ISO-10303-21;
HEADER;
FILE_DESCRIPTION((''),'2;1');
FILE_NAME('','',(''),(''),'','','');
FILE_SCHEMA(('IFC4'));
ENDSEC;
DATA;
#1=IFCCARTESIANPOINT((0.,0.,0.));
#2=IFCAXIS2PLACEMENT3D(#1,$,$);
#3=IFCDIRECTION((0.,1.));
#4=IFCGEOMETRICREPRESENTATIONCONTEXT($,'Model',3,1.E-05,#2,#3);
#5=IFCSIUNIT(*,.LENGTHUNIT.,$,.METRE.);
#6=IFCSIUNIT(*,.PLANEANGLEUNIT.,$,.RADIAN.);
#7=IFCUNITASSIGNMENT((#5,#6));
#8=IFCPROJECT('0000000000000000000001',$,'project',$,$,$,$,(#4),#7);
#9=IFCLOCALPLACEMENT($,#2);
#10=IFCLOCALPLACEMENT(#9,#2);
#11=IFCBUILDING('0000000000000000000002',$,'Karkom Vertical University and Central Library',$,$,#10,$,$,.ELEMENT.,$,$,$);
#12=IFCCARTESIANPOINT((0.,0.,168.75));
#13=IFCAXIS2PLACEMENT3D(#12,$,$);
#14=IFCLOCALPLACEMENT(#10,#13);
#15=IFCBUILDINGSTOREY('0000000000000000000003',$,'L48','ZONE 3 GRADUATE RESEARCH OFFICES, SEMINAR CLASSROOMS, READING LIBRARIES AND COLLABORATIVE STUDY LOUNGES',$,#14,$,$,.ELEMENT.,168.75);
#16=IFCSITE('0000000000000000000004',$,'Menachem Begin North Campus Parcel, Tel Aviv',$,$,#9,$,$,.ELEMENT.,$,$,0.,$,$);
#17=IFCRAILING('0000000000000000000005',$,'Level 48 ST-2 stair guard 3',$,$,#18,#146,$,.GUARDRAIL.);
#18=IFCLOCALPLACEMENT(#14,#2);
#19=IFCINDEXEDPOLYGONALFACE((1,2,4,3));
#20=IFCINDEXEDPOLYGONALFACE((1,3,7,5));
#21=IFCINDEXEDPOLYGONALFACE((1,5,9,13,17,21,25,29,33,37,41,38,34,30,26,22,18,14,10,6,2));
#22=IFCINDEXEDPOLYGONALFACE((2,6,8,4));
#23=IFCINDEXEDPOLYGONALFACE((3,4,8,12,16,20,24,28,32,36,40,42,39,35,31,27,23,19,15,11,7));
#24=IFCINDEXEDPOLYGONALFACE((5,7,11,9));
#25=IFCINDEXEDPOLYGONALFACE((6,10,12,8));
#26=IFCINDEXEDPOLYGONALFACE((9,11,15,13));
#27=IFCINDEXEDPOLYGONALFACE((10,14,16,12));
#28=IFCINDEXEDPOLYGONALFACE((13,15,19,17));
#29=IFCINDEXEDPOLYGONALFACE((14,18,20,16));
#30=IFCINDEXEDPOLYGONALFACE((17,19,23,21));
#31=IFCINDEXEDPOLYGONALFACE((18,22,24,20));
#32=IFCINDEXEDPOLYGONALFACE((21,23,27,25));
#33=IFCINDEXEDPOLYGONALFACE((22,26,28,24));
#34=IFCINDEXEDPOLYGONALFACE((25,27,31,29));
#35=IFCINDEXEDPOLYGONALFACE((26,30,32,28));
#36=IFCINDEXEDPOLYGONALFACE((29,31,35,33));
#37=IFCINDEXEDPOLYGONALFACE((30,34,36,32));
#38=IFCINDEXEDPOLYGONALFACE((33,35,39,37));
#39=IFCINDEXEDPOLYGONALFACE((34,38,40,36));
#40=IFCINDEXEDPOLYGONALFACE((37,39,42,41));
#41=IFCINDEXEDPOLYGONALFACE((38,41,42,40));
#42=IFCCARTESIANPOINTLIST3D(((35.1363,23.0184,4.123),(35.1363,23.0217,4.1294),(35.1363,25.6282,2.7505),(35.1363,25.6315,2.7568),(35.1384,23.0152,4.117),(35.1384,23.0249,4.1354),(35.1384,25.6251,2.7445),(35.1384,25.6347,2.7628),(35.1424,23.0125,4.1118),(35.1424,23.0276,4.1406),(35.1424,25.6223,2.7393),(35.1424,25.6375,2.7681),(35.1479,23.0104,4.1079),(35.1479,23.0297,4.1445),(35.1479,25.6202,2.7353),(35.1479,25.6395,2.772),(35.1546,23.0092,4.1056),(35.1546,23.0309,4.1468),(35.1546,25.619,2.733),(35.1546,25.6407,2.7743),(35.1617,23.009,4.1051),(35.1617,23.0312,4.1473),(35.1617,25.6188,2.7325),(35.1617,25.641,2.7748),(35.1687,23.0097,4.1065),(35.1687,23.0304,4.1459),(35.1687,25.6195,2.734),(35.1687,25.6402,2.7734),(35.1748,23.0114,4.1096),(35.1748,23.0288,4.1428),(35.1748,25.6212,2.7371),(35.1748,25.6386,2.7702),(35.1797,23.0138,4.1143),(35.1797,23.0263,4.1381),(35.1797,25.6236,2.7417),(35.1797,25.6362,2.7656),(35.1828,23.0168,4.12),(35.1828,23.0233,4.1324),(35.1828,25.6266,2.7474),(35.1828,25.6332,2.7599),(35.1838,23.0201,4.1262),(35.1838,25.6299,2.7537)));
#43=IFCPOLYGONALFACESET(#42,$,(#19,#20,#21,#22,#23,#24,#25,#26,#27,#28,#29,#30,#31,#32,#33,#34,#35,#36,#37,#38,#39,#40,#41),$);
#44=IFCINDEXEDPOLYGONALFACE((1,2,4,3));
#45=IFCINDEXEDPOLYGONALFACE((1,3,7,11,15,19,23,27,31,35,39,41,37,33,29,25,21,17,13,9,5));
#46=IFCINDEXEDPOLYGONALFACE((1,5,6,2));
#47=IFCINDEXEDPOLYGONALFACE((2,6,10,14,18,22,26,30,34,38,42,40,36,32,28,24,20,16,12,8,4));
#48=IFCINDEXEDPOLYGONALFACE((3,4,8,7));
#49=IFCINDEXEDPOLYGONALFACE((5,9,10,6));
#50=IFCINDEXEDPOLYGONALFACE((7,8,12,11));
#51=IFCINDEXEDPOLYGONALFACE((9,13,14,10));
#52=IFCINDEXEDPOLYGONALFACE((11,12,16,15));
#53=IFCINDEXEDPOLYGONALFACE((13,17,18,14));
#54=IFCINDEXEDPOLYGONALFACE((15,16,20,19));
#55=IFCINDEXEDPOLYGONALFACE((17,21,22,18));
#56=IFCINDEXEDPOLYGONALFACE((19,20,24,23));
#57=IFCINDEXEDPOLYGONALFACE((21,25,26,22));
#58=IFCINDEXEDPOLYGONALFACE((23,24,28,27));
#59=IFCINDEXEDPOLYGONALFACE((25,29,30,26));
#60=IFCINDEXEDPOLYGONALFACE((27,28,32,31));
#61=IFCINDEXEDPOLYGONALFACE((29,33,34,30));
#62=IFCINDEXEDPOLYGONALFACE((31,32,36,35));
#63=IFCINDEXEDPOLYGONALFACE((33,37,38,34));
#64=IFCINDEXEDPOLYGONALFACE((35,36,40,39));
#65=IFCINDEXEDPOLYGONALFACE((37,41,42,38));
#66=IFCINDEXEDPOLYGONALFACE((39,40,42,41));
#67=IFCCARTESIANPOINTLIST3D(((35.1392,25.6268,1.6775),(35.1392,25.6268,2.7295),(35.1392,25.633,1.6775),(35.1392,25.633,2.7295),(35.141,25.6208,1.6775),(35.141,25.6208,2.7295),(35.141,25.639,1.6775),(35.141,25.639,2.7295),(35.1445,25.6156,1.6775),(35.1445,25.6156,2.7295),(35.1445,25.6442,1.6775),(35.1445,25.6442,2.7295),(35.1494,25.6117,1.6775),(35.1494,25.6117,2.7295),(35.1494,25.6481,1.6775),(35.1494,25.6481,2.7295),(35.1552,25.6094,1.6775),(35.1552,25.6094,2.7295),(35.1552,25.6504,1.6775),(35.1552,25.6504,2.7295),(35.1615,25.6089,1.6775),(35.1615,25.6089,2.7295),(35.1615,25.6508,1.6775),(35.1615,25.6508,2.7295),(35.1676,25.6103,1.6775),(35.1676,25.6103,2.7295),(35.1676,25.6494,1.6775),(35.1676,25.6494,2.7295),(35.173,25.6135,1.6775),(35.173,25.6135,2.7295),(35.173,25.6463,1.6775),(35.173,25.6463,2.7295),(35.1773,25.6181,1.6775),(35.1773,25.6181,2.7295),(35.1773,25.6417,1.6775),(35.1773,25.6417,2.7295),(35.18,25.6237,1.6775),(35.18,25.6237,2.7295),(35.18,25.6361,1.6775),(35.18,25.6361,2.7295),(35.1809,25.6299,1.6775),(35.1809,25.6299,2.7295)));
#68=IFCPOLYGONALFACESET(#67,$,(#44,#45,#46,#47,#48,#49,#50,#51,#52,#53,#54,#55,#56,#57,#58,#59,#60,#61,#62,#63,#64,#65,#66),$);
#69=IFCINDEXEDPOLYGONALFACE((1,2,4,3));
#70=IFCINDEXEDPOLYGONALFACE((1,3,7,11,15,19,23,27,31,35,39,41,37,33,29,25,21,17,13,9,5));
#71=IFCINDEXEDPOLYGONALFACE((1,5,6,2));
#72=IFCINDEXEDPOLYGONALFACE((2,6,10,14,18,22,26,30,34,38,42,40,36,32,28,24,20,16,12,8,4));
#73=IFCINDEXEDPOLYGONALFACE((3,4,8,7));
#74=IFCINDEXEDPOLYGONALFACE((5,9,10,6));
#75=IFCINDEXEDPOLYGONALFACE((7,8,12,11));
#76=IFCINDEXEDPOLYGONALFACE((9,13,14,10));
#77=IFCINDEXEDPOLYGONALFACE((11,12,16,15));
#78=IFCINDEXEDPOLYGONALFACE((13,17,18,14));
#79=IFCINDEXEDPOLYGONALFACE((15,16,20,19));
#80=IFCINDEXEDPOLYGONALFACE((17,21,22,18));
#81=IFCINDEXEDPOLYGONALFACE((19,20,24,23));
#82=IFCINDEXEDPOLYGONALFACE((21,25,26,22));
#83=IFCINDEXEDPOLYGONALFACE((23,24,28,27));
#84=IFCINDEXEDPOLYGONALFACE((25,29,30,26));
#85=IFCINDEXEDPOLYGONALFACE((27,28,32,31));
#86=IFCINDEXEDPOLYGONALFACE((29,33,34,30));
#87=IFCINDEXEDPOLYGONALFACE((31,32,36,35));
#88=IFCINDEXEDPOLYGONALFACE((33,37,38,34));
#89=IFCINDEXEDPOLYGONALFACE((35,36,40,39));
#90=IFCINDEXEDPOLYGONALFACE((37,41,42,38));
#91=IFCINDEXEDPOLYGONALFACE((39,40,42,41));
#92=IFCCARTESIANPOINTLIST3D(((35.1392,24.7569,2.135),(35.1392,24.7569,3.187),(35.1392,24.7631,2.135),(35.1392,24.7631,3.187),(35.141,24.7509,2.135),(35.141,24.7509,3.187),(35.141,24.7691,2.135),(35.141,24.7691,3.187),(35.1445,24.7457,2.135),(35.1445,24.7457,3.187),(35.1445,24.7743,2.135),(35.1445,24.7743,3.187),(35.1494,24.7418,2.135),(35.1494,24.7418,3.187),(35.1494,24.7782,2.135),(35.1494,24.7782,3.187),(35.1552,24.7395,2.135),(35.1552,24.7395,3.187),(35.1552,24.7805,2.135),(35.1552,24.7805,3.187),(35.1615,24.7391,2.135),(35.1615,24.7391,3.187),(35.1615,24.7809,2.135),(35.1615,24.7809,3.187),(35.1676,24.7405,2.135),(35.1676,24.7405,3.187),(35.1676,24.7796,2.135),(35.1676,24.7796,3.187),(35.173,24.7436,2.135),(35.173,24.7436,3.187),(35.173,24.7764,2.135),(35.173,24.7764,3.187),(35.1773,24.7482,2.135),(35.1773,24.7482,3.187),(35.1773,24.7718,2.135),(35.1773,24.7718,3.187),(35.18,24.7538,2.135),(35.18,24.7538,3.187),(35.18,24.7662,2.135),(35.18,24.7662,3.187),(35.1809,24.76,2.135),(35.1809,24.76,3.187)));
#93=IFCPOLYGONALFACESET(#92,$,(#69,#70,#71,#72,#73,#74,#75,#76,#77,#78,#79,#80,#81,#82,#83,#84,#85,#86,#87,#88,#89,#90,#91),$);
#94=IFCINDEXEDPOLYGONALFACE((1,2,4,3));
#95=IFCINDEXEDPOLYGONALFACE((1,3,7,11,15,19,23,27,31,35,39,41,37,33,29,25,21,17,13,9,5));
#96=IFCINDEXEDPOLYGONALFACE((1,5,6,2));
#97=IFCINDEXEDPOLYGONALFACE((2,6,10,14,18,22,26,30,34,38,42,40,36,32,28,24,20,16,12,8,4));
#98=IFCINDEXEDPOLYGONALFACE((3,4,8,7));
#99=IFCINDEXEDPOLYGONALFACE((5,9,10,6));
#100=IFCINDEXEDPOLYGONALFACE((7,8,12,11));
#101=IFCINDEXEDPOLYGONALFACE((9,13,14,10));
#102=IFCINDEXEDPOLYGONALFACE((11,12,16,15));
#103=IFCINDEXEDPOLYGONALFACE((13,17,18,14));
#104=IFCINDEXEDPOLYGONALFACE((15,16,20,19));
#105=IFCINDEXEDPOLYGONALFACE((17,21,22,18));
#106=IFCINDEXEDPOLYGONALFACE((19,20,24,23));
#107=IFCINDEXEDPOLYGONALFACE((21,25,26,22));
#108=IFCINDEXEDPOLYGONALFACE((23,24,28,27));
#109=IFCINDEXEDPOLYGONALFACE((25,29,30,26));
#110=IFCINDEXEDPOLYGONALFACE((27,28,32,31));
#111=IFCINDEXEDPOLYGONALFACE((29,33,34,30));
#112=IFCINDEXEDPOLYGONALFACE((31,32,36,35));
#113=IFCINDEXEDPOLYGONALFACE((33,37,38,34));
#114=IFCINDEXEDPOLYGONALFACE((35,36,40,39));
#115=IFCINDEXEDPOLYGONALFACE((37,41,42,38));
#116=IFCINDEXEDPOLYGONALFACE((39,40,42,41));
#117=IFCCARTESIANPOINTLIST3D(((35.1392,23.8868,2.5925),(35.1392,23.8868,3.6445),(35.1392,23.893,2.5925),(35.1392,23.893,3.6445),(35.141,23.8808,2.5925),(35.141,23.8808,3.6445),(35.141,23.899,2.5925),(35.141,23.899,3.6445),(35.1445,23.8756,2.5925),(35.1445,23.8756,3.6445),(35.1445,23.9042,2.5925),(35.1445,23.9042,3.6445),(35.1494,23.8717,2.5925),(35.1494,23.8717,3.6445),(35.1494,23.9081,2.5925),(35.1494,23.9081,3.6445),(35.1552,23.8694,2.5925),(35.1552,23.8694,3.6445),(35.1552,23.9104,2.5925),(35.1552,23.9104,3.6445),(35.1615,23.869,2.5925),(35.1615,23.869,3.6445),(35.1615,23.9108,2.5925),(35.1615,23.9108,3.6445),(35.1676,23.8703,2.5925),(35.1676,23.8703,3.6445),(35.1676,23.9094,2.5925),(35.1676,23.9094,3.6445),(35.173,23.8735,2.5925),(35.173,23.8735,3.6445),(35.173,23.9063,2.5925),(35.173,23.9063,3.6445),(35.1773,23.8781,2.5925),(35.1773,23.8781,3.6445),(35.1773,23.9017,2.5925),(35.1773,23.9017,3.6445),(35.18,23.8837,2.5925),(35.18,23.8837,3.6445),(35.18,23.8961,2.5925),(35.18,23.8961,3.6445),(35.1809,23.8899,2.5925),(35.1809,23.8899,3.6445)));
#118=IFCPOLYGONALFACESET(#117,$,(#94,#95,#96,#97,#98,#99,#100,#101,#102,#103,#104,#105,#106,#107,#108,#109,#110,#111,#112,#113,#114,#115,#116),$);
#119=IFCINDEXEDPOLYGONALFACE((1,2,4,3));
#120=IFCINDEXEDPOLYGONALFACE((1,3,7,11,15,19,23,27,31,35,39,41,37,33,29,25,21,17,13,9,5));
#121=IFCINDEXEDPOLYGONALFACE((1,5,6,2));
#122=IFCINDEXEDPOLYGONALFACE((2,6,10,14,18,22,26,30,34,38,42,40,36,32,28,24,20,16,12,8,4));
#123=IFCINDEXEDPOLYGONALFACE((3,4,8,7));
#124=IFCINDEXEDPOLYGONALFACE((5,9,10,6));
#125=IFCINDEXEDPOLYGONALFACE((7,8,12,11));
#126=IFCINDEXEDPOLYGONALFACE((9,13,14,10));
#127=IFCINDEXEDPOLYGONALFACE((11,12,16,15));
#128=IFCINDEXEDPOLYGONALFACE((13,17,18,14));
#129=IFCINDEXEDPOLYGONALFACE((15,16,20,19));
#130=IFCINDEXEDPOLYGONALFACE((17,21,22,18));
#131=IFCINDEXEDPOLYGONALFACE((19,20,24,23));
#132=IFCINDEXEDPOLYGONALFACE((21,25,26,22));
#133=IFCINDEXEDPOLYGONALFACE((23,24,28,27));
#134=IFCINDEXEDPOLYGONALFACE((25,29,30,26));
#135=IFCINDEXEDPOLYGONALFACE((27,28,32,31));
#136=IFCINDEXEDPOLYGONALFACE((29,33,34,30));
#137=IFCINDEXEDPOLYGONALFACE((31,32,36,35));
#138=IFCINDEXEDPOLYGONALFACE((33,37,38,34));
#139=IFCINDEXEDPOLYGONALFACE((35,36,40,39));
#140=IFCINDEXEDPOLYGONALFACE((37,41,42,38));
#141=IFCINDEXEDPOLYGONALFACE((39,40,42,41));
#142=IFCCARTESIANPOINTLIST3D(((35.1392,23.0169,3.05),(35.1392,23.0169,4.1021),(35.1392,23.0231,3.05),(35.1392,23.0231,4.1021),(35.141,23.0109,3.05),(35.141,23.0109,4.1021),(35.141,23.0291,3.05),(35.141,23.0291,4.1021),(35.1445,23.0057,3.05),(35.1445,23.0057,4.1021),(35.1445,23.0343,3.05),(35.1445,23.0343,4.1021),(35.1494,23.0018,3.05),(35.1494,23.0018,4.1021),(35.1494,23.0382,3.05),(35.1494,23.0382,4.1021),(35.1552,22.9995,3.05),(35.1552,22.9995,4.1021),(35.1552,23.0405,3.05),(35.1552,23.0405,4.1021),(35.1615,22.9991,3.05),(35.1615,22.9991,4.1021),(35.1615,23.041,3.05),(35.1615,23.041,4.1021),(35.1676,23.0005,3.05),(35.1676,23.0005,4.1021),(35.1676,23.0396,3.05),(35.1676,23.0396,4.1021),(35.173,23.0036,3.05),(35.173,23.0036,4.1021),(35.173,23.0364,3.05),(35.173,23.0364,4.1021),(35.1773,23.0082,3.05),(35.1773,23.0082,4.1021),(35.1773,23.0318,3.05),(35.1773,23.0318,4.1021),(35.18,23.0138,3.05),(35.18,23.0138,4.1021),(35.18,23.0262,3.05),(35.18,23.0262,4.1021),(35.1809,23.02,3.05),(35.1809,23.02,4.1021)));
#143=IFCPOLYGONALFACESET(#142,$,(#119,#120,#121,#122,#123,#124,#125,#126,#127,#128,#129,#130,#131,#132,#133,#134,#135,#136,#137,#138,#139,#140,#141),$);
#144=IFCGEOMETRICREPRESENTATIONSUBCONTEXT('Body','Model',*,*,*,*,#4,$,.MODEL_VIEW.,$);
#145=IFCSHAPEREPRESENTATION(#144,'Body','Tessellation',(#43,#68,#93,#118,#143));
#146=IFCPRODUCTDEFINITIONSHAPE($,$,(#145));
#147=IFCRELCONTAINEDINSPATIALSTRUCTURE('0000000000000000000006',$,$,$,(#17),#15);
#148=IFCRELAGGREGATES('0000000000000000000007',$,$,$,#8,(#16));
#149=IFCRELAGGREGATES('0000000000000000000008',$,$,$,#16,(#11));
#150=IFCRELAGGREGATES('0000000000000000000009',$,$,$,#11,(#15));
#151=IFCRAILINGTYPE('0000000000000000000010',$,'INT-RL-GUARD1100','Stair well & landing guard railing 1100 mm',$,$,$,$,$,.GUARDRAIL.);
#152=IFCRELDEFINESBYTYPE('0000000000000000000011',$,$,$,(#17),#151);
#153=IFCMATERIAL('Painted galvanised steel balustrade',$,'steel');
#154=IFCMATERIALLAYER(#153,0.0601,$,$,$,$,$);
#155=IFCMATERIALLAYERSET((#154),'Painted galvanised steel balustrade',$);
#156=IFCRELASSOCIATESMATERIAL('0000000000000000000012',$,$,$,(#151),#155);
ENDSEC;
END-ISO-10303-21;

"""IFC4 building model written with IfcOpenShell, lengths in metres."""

from ifc_helpers import new_model, si_unit, direction, frame, origin, origin_2d, place, context, subcontext, project, spatial, circle, extrude, material, layer, layer_set, type_object, element, save


model = new_model("IFC4")

# Units and contexts
model_context = context("Model", 3, precision=1e-05, world=origin(), true_north=direction((0.0, 1.0)))
body_context = subcontext(model_context, "Body", "Model", "MODEL_VIEW")
ifc_project = project(units=[si_unit("LENGTHUNIT", "METRE"), si_unit("PLANEANGLEUNIT", "RADIAN")], contexts=[model_context])

# Site, building, storey
site_placement = place(None, origin())
site = spatial("IfcSite", under=ifc_project, at=site_placement, Name="Menachem Begin North Campus Parcel, Tel Aviv", CompositionType="ELEMENT", RefElevation=0.0)
building_placement = place(site_placement, origin())
building = spatial("IfcBuilding", under=site, at=building_placement, Name="Karkom Vertical University and Central Library", CompositionType="ELEMENT")
storey_placement = place(building_placement, frame((0.0, 0.0, 168.75)))
storey = spatial("IfcBuildingStorey", under=building, at=storey_placement, Name="L48", Description="ZONE 3 GRADUATE RESEARCH OFFICES, SEMINAR CLASSROOMS, READING LIBRARIES AND COLLABORATIVE STUDY LOUNGES", CompositionType="ELEMENT", Elevation=168.75)

# Railing
ifc_material_1 = material(Name="Painted galvanised steel balustrade", Category="steel")
ifc_layer_1 = layer(ifc_material_1, 0.0601)
ifc_layer_set_1 = layer_set([ifc_layer_1], Name="Painted galvanised steel balustrade")
railing_type_1 = type_object("IfcRailingType", Name="INT-RL-GUARD1100", Description="Stair well & landing guard railing 1100 mm", PredefinedType="GUARDRAIL", material=ifc_layer_set_1)
railing_1_placement = place(storey_placement, frame((35.1599, 25.6299, 1.6775)))
element("IfcRailing", 1, at=railing_1_placement, inside=storey, type_object=railing_type_1, Name="Level 48 ST-2 stair guard 3", PredefinedType="GUARDRAIL", context=body_context, shape_type="SweptSolid", body=[
    extrude(circle(Radius=0.0239, at=origin_2d()), frame((0.0, 0.0, 1.0762), z_axis=(0.0, -0.885065, 0.465467), x_axis=(1.0, 0.0, 0.0)), (0.0, 0.0, 1.0), 2.9487),
    extrude(circle(Radius=0.021, at=origin_2d()), origin(), (0.0, 0.0, 1.0), 1.052),
    extrude(circle(Radius=0.021, at=origin_2d()), frame((0.0, -0.8699, 0.4575)), (0.0, 0.0, 1.0), 1.052),
    extrude(circle(Radius=0.021, at=origin_2d()), frame((0.0, -1.74, 0.915)), (0.0, 0.0, 1.0), 1.052),
    extrude(circle(Radius=0.021, at=origin_2d()), frame((0.0, -2.6099, 1.3726)), (0.0, 0.0, 1.0), 1.052),
])

save(model, "model.ifc")
